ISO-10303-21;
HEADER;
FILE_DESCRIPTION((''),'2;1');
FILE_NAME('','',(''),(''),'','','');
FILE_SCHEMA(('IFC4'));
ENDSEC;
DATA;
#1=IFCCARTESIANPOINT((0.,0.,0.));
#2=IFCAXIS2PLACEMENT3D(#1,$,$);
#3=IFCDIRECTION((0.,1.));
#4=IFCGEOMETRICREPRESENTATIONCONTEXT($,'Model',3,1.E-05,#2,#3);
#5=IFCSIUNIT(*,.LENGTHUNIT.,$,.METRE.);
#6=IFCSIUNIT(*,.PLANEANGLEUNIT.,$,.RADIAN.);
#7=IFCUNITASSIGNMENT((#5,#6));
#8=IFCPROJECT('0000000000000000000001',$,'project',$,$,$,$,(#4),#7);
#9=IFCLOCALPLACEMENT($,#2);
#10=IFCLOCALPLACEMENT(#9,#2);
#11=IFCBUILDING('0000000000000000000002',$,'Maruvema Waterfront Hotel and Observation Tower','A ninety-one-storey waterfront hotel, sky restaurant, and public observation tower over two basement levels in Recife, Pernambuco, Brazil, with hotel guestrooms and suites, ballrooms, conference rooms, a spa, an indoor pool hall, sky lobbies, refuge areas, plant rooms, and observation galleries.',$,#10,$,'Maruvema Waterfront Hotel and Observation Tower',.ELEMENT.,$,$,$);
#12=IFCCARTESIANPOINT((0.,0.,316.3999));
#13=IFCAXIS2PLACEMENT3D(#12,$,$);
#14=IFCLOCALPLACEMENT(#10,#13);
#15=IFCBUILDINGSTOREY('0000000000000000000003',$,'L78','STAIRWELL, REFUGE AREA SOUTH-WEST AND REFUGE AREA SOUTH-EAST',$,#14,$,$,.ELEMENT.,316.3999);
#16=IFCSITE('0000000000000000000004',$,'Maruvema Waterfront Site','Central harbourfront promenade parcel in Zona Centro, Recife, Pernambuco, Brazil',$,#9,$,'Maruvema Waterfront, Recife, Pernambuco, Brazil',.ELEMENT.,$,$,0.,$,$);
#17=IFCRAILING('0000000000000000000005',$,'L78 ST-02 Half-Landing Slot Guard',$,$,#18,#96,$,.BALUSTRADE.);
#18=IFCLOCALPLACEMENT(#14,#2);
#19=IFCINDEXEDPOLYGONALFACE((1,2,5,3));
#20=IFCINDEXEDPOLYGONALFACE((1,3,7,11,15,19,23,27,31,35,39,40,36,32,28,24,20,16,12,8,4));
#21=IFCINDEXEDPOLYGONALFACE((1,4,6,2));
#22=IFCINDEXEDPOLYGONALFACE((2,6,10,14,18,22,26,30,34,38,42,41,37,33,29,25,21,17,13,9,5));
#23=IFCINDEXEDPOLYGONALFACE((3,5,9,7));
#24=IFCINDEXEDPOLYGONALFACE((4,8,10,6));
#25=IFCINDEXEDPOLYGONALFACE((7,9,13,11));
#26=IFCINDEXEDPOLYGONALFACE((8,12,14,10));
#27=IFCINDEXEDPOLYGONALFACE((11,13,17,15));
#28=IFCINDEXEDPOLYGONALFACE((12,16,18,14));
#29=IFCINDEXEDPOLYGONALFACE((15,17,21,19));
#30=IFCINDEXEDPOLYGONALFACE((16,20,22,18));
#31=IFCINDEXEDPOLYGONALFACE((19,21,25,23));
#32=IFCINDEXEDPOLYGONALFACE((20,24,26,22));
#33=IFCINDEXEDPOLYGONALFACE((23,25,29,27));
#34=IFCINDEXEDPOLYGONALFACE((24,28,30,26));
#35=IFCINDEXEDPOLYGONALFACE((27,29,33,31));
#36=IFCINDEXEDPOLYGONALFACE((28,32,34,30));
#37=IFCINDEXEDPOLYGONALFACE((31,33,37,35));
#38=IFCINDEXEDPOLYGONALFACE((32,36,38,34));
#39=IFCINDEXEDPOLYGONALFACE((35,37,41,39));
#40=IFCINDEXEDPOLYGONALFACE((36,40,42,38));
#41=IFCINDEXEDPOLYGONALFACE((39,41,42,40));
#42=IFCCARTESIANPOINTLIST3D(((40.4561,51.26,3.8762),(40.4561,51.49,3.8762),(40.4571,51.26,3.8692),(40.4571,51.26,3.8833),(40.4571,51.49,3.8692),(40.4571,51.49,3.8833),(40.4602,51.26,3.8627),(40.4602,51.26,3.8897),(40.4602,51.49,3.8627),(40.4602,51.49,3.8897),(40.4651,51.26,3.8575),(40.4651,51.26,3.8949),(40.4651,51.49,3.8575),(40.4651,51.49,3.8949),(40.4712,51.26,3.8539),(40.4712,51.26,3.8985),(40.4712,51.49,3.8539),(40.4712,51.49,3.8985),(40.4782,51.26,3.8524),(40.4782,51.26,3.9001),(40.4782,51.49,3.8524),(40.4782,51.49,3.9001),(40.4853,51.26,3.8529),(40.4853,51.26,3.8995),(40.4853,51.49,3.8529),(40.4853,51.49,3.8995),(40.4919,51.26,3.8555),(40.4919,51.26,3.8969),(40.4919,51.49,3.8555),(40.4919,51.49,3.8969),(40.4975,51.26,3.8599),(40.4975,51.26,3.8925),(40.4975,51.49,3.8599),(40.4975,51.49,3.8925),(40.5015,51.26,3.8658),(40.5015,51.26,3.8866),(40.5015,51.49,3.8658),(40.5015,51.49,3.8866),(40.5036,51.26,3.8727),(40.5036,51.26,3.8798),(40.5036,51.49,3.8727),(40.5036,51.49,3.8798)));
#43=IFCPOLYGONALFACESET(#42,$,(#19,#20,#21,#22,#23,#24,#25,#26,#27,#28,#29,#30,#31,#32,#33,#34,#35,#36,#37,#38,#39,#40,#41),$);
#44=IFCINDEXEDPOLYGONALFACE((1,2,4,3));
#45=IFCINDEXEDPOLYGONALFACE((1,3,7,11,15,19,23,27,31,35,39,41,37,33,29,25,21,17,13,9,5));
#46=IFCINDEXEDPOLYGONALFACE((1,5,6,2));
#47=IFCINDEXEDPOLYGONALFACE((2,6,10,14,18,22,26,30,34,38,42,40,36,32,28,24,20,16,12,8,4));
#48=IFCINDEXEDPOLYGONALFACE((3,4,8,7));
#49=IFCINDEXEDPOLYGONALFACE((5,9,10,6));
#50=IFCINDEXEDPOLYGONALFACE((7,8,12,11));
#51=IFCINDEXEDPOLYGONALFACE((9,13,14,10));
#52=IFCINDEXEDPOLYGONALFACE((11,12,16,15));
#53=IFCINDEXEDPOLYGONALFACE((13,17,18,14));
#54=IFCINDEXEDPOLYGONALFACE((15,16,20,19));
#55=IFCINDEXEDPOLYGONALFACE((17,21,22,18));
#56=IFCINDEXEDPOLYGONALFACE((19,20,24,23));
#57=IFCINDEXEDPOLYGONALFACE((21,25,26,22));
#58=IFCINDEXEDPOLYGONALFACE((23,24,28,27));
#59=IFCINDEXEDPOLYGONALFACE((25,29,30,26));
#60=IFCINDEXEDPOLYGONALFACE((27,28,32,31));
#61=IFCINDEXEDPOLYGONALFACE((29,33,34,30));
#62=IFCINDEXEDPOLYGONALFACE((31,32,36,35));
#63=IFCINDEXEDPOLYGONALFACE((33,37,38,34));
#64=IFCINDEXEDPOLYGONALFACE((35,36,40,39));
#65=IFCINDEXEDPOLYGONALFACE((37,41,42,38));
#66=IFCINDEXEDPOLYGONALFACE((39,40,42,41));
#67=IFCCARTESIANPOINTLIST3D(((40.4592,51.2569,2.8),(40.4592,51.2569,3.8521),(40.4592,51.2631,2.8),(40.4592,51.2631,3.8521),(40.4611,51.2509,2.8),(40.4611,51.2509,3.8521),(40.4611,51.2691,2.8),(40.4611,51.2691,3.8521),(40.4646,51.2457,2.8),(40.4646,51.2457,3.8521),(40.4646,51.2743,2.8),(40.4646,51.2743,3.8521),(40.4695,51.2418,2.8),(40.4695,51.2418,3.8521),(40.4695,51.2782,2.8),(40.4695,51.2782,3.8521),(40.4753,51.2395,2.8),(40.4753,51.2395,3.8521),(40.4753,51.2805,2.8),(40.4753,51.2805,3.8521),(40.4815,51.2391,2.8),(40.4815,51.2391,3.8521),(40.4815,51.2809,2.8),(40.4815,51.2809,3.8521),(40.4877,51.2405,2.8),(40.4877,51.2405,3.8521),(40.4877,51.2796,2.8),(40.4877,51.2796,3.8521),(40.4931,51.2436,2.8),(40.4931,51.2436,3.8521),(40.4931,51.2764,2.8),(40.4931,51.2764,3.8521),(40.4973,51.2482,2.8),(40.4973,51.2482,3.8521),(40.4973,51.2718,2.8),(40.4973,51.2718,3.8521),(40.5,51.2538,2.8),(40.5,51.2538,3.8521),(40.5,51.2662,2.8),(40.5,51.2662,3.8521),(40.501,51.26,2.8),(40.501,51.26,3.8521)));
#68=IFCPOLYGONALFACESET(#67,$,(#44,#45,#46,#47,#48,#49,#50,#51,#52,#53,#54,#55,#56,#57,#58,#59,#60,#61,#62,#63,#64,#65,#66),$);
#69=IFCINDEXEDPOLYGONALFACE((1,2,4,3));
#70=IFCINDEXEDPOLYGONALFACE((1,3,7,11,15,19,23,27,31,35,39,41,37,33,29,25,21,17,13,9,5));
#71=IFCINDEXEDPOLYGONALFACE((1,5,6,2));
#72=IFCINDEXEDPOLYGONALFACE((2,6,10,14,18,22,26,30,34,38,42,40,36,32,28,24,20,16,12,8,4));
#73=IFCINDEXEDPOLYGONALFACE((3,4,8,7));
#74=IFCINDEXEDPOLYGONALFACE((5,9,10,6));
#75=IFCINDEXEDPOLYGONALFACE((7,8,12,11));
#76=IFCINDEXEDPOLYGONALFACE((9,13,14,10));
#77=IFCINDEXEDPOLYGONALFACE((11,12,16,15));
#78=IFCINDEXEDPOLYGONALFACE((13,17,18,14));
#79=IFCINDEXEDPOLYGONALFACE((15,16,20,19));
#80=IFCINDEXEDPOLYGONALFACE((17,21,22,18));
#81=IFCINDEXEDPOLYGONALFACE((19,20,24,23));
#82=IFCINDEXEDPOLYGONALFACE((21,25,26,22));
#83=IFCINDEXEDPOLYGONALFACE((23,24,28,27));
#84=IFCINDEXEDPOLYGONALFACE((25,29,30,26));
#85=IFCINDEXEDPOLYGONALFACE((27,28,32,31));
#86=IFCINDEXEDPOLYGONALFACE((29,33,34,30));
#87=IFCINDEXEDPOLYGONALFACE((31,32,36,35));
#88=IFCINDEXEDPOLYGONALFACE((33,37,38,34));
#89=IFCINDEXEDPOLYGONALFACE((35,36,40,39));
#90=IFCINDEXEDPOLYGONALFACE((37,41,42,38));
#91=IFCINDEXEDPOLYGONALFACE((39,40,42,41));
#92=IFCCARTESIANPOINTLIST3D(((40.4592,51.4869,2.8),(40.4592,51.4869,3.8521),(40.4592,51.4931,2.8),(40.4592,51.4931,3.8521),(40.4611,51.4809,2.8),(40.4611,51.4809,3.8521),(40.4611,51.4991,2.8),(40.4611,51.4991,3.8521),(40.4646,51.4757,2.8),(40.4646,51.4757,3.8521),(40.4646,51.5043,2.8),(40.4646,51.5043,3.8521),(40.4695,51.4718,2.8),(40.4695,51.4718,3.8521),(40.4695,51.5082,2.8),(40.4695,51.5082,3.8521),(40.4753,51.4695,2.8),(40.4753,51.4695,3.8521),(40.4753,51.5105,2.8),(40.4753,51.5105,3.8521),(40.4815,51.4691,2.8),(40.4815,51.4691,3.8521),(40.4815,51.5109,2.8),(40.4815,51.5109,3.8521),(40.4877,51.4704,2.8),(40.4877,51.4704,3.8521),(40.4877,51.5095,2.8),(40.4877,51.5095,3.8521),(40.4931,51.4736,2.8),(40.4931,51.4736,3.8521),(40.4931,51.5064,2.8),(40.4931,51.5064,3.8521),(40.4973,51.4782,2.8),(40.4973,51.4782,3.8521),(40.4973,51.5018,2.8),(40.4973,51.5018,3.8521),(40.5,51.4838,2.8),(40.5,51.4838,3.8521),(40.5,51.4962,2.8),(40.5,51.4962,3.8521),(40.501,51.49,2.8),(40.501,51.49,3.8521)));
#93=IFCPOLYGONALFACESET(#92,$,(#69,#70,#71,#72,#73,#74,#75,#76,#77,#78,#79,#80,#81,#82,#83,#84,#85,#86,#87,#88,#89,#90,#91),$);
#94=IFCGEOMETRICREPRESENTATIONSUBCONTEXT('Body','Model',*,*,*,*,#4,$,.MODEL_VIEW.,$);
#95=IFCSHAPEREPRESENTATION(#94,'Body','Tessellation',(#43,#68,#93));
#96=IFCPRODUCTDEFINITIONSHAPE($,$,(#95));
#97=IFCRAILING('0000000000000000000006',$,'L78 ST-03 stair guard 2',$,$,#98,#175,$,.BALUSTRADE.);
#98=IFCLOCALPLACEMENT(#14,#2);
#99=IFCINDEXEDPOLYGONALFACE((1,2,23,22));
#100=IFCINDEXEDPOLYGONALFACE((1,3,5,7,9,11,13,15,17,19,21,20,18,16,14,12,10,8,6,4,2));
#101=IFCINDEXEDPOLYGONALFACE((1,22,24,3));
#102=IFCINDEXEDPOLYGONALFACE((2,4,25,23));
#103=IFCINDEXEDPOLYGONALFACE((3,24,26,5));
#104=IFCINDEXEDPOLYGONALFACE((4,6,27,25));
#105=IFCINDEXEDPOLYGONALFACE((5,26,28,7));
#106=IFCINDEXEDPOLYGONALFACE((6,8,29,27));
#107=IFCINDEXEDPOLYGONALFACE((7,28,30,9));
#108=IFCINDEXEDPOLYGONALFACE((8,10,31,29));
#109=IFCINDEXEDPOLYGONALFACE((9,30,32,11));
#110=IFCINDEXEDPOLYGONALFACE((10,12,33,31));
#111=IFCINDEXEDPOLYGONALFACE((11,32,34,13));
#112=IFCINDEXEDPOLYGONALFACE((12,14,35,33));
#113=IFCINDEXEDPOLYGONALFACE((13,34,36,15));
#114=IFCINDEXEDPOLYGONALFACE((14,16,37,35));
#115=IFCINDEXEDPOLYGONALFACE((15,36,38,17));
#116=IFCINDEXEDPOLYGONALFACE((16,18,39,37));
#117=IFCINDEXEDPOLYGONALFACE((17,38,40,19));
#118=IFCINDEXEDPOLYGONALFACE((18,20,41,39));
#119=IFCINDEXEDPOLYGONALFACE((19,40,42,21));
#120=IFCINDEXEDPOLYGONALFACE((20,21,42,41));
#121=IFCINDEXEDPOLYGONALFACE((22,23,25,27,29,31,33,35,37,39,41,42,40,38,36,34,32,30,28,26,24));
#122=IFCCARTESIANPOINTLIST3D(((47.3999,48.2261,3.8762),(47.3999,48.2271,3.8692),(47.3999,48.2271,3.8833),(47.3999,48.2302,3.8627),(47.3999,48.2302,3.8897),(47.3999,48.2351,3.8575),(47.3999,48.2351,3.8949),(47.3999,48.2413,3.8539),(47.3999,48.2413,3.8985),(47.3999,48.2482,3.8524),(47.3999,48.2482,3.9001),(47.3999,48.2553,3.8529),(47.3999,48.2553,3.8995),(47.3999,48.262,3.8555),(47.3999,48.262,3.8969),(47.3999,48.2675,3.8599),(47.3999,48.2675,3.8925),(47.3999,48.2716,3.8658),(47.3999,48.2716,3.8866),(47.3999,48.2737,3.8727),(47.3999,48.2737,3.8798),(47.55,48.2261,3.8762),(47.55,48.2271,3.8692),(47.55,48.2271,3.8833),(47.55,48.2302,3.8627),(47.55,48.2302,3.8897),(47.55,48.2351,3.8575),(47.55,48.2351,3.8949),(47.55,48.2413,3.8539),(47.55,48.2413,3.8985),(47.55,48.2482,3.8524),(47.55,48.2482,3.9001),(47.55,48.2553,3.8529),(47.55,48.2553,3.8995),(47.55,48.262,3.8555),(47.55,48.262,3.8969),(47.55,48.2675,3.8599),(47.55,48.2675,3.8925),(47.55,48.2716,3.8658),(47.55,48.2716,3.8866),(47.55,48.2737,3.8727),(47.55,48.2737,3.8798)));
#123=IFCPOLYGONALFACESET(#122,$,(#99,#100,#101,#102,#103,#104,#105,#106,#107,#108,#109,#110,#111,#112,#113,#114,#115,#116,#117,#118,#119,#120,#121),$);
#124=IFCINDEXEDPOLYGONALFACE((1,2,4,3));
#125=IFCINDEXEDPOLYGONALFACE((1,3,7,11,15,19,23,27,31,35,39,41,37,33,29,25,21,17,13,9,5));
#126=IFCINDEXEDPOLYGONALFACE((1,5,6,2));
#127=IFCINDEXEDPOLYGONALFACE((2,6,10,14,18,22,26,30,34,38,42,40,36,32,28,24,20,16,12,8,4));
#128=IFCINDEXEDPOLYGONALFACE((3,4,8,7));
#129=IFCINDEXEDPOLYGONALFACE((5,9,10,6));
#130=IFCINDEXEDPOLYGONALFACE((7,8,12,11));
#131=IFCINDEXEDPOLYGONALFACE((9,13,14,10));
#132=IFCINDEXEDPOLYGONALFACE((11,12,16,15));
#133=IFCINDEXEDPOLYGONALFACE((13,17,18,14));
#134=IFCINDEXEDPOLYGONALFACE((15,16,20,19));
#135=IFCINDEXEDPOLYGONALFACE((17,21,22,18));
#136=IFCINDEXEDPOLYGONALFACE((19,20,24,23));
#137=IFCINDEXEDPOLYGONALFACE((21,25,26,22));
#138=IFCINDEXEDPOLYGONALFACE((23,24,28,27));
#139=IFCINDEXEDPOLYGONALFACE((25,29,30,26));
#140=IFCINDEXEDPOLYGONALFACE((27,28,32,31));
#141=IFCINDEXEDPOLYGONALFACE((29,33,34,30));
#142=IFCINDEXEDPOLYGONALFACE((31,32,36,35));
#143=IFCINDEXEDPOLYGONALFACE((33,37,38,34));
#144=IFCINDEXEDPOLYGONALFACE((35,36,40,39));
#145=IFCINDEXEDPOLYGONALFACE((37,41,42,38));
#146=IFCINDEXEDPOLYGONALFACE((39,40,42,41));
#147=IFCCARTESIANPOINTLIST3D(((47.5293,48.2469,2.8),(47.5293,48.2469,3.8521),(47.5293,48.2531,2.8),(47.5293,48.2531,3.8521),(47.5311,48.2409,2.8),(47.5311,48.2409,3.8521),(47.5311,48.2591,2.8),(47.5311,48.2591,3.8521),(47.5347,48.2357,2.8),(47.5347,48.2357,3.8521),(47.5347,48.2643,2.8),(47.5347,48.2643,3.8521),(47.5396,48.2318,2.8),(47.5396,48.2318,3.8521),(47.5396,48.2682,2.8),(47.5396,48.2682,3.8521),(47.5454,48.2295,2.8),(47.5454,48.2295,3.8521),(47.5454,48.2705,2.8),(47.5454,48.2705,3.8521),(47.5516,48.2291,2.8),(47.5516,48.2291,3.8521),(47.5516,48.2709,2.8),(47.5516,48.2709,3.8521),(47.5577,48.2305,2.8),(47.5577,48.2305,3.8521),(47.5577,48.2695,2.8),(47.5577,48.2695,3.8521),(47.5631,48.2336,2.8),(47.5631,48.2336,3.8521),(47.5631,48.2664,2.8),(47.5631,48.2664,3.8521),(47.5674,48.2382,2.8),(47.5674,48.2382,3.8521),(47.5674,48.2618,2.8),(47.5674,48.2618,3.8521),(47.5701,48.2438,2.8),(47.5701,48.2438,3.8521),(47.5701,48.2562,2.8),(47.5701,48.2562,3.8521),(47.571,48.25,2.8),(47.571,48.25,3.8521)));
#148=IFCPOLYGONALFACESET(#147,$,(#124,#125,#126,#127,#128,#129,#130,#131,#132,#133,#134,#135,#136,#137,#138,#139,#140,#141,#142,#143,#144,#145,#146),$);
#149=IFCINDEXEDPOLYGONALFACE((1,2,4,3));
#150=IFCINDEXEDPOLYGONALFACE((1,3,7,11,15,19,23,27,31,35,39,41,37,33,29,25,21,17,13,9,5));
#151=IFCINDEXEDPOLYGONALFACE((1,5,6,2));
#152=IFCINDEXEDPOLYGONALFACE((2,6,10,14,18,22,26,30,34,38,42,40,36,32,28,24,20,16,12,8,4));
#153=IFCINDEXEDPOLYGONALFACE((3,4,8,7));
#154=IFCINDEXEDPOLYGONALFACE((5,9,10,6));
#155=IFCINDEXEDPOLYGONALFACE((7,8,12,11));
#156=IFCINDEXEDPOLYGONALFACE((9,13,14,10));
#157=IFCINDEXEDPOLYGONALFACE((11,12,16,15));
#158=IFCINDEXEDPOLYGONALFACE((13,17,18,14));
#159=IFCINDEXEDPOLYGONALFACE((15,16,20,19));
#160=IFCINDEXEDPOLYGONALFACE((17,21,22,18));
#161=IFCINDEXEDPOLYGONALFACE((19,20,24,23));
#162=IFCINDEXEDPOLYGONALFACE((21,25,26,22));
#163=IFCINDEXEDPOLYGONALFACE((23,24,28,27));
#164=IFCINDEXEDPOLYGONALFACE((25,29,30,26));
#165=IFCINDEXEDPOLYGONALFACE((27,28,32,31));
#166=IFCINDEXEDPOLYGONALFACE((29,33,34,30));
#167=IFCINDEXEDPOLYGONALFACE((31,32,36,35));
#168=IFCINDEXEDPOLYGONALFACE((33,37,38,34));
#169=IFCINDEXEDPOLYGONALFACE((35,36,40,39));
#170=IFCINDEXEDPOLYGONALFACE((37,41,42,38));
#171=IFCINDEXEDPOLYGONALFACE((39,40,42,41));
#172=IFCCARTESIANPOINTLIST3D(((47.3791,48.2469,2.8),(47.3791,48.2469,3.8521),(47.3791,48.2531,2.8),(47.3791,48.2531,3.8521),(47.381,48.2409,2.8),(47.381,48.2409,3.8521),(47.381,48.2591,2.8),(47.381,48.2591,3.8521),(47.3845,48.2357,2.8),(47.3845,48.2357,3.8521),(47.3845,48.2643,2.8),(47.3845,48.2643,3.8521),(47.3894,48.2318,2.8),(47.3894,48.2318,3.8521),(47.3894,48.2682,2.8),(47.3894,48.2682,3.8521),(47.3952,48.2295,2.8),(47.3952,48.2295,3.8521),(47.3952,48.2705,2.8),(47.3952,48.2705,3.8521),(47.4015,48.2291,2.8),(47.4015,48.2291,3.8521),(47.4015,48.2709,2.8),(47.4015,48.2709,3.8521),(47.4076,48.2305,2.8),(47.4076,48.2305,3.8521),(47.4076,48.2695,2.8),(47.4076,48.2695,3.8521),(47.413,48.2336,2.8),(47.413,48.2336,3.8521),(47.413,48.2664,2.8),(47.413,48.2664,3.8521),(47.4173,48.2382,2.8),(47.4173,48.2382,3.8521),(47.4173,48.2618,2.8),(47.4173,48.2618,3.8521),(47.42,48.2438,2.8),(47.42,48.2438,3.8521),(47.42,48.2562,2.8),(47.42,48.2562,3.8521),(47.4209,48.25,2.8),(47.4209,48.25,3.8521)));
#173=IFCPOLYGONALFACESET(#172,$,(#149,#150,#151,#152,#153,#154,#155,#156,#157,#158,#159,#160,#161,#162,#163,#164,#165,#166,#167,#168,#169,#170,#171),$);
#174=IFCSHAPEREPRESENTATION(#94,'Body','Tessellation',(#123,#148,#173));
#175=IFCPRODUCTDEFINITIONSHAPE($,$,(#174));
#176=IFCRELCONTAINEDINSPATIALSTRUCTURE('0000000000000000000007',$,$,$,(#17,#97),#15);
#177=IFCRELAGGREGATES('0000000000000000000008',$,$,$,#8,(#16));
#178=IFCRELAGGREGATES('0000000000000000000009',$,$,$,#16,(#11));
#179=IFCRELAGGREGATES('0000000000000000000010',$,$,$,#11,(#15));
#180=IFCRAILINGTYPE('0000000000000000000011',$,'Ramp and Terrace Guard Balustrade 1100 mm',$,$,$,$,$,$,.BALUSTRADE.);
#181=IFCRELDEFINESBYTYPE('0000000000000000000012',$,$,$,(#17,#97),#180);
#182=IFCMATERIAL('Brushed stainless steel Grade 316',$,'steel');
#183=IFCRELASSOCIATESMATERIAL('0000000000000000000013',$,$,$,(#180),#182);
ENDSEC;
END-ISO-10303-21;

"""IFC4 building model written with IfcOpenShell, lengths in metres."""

from ifc_helpers import new_model, si_unit, direction, frame, origin, origin_2d, place, context, subcontext, project, spatial, circle, extrude, material, type_object, element, save


model = new_model("IFC4")

# Units and contexts
model_context = context("Model", 3, precision=1e-05, world=origin(), true_north=direction((0.0, 1.0)))
body_context = subcontext(model_context, "Body", "Model", "MODEL_VIEW")
ifc_project = project(units=[si_unit("LENGTHUNIT", "METRE"), si_unit("PLANEANGLEUNIT", "RADIAN")], contexts=[model_context])

# Site, building, storey
site_placement = place(None, origin())
site = spatial("IfcSite", under=ifc_project, at=site_placement, Name="Maruvema Waterfront Site", Description="Central harbourfront promenade parcel in Zona Centro, Recife, Pernambuco, Brazil", LongName="Maruvema Waterfront, Recife, Pernambuco, Brazil", CompositionType="ELEMENT", RefElevation=0.0)
building_placement = place(site_placement, origin())
building = spatial("IfcBuilding", under=site, at=building_placement, Name="Maruvema Waterfront Hotel and Observation Tower", Description="A ninety-one-storey waterfront hotel, sky restaurant, and public observation tower over two basement levels in Recife, Pernambuco, Brazil, with hotel guestrooms and suites, ballrooms, conference rooms, a spa, an indoor pool hall, sky lobbies, refuge areas, plant rooms, and observation galleries.", LongName="Maruvema Waterfront Hotel and Observation Tower", CompositionType="ELEMENT")
storey_placement = place(building_placement, frame((0.0, 0.0, 316.3999)))
storey = spatial("IfcBuildingStorey", under=building, at=storey_placement, Name="L78", Description="STAIRWELL, REFUGE AREA SOUTH-WEST AND REFUGE AREA SOUTH-EAST", CompositionType="ELEMENT", Elevation=316.3999)

# Railings
ifc_material_1 = material(Name="Brushed stainless steel Grade 316", Category="steel")
railing_type_1 = type_object("IfcRailingType", Name="Ramp and Terrace Guard Balustrade 1100 mm", PredefinedType="BALUSTRADE", material=ifc_material_1)
railing_1_placement = place(storey_placement, frame((40.48, 51.26, 2.8)))
element("IfcRailing", 1, at=railing_1_placement, inside=storey, type_object=railing_type_1, Name="L78 ST-02 Half-Landing Slot Guard", PredefinedType="BALUSTRADE", context=body_context, shape_type="SweptSolid", body=[
    extrude(circle(Radius=0.0239, at=origin_2d()), frame((0.0, 0.0, 1.0762), z_axis=(0.0, 1.0, 0.0), x_axis=(-1.0, 0.0, 0.0)), (0.0, 0.0, 1.0), 0.23),
    extrude(circle(Radius=0.021, at=origin_2d()), origin(), (0.0, 0.0, 1.0), 1.052),
    extrude(circle(Radius=0.021, at=origin_2d()), frame((0.0, 0.23, 0.0)), (0.0, 0.0, 1.0), 1.052),
])
railing_2_placement = place(storey_placement, frame((47.55, 48.25, 2.8)))
element("IfcRailing", 2, at=railing_2_placement, inside=storey, type_object=railing_type_1, Name="L78 ST-03 stair guard 2", PredefinedType="BALUSTRADE", context=body_context, shape_type="SweptSolid", body=[
    extrude(circle(Radius=0.0239, at=origin_2d()), frame((0.0, 0.0, 1.0762), z_axis=(-1.0, 0.0, 0.0), x_axis=(0.0, -1.0, 0.0)), (0.0, 0.0, 1.0), 0.1501),
    extrude(circle(Radius=0.021, at=origin_2d()), origin(), (0.0, 0.0, 1.0), 1.052),
    extrude(circle(Radius=0.021, at=origin_2d()), frame((-0.1501, 0.0, 0.0)), (0.0, 0.0, 1.0), 1.052),
])

save(model, "model.ifc")
